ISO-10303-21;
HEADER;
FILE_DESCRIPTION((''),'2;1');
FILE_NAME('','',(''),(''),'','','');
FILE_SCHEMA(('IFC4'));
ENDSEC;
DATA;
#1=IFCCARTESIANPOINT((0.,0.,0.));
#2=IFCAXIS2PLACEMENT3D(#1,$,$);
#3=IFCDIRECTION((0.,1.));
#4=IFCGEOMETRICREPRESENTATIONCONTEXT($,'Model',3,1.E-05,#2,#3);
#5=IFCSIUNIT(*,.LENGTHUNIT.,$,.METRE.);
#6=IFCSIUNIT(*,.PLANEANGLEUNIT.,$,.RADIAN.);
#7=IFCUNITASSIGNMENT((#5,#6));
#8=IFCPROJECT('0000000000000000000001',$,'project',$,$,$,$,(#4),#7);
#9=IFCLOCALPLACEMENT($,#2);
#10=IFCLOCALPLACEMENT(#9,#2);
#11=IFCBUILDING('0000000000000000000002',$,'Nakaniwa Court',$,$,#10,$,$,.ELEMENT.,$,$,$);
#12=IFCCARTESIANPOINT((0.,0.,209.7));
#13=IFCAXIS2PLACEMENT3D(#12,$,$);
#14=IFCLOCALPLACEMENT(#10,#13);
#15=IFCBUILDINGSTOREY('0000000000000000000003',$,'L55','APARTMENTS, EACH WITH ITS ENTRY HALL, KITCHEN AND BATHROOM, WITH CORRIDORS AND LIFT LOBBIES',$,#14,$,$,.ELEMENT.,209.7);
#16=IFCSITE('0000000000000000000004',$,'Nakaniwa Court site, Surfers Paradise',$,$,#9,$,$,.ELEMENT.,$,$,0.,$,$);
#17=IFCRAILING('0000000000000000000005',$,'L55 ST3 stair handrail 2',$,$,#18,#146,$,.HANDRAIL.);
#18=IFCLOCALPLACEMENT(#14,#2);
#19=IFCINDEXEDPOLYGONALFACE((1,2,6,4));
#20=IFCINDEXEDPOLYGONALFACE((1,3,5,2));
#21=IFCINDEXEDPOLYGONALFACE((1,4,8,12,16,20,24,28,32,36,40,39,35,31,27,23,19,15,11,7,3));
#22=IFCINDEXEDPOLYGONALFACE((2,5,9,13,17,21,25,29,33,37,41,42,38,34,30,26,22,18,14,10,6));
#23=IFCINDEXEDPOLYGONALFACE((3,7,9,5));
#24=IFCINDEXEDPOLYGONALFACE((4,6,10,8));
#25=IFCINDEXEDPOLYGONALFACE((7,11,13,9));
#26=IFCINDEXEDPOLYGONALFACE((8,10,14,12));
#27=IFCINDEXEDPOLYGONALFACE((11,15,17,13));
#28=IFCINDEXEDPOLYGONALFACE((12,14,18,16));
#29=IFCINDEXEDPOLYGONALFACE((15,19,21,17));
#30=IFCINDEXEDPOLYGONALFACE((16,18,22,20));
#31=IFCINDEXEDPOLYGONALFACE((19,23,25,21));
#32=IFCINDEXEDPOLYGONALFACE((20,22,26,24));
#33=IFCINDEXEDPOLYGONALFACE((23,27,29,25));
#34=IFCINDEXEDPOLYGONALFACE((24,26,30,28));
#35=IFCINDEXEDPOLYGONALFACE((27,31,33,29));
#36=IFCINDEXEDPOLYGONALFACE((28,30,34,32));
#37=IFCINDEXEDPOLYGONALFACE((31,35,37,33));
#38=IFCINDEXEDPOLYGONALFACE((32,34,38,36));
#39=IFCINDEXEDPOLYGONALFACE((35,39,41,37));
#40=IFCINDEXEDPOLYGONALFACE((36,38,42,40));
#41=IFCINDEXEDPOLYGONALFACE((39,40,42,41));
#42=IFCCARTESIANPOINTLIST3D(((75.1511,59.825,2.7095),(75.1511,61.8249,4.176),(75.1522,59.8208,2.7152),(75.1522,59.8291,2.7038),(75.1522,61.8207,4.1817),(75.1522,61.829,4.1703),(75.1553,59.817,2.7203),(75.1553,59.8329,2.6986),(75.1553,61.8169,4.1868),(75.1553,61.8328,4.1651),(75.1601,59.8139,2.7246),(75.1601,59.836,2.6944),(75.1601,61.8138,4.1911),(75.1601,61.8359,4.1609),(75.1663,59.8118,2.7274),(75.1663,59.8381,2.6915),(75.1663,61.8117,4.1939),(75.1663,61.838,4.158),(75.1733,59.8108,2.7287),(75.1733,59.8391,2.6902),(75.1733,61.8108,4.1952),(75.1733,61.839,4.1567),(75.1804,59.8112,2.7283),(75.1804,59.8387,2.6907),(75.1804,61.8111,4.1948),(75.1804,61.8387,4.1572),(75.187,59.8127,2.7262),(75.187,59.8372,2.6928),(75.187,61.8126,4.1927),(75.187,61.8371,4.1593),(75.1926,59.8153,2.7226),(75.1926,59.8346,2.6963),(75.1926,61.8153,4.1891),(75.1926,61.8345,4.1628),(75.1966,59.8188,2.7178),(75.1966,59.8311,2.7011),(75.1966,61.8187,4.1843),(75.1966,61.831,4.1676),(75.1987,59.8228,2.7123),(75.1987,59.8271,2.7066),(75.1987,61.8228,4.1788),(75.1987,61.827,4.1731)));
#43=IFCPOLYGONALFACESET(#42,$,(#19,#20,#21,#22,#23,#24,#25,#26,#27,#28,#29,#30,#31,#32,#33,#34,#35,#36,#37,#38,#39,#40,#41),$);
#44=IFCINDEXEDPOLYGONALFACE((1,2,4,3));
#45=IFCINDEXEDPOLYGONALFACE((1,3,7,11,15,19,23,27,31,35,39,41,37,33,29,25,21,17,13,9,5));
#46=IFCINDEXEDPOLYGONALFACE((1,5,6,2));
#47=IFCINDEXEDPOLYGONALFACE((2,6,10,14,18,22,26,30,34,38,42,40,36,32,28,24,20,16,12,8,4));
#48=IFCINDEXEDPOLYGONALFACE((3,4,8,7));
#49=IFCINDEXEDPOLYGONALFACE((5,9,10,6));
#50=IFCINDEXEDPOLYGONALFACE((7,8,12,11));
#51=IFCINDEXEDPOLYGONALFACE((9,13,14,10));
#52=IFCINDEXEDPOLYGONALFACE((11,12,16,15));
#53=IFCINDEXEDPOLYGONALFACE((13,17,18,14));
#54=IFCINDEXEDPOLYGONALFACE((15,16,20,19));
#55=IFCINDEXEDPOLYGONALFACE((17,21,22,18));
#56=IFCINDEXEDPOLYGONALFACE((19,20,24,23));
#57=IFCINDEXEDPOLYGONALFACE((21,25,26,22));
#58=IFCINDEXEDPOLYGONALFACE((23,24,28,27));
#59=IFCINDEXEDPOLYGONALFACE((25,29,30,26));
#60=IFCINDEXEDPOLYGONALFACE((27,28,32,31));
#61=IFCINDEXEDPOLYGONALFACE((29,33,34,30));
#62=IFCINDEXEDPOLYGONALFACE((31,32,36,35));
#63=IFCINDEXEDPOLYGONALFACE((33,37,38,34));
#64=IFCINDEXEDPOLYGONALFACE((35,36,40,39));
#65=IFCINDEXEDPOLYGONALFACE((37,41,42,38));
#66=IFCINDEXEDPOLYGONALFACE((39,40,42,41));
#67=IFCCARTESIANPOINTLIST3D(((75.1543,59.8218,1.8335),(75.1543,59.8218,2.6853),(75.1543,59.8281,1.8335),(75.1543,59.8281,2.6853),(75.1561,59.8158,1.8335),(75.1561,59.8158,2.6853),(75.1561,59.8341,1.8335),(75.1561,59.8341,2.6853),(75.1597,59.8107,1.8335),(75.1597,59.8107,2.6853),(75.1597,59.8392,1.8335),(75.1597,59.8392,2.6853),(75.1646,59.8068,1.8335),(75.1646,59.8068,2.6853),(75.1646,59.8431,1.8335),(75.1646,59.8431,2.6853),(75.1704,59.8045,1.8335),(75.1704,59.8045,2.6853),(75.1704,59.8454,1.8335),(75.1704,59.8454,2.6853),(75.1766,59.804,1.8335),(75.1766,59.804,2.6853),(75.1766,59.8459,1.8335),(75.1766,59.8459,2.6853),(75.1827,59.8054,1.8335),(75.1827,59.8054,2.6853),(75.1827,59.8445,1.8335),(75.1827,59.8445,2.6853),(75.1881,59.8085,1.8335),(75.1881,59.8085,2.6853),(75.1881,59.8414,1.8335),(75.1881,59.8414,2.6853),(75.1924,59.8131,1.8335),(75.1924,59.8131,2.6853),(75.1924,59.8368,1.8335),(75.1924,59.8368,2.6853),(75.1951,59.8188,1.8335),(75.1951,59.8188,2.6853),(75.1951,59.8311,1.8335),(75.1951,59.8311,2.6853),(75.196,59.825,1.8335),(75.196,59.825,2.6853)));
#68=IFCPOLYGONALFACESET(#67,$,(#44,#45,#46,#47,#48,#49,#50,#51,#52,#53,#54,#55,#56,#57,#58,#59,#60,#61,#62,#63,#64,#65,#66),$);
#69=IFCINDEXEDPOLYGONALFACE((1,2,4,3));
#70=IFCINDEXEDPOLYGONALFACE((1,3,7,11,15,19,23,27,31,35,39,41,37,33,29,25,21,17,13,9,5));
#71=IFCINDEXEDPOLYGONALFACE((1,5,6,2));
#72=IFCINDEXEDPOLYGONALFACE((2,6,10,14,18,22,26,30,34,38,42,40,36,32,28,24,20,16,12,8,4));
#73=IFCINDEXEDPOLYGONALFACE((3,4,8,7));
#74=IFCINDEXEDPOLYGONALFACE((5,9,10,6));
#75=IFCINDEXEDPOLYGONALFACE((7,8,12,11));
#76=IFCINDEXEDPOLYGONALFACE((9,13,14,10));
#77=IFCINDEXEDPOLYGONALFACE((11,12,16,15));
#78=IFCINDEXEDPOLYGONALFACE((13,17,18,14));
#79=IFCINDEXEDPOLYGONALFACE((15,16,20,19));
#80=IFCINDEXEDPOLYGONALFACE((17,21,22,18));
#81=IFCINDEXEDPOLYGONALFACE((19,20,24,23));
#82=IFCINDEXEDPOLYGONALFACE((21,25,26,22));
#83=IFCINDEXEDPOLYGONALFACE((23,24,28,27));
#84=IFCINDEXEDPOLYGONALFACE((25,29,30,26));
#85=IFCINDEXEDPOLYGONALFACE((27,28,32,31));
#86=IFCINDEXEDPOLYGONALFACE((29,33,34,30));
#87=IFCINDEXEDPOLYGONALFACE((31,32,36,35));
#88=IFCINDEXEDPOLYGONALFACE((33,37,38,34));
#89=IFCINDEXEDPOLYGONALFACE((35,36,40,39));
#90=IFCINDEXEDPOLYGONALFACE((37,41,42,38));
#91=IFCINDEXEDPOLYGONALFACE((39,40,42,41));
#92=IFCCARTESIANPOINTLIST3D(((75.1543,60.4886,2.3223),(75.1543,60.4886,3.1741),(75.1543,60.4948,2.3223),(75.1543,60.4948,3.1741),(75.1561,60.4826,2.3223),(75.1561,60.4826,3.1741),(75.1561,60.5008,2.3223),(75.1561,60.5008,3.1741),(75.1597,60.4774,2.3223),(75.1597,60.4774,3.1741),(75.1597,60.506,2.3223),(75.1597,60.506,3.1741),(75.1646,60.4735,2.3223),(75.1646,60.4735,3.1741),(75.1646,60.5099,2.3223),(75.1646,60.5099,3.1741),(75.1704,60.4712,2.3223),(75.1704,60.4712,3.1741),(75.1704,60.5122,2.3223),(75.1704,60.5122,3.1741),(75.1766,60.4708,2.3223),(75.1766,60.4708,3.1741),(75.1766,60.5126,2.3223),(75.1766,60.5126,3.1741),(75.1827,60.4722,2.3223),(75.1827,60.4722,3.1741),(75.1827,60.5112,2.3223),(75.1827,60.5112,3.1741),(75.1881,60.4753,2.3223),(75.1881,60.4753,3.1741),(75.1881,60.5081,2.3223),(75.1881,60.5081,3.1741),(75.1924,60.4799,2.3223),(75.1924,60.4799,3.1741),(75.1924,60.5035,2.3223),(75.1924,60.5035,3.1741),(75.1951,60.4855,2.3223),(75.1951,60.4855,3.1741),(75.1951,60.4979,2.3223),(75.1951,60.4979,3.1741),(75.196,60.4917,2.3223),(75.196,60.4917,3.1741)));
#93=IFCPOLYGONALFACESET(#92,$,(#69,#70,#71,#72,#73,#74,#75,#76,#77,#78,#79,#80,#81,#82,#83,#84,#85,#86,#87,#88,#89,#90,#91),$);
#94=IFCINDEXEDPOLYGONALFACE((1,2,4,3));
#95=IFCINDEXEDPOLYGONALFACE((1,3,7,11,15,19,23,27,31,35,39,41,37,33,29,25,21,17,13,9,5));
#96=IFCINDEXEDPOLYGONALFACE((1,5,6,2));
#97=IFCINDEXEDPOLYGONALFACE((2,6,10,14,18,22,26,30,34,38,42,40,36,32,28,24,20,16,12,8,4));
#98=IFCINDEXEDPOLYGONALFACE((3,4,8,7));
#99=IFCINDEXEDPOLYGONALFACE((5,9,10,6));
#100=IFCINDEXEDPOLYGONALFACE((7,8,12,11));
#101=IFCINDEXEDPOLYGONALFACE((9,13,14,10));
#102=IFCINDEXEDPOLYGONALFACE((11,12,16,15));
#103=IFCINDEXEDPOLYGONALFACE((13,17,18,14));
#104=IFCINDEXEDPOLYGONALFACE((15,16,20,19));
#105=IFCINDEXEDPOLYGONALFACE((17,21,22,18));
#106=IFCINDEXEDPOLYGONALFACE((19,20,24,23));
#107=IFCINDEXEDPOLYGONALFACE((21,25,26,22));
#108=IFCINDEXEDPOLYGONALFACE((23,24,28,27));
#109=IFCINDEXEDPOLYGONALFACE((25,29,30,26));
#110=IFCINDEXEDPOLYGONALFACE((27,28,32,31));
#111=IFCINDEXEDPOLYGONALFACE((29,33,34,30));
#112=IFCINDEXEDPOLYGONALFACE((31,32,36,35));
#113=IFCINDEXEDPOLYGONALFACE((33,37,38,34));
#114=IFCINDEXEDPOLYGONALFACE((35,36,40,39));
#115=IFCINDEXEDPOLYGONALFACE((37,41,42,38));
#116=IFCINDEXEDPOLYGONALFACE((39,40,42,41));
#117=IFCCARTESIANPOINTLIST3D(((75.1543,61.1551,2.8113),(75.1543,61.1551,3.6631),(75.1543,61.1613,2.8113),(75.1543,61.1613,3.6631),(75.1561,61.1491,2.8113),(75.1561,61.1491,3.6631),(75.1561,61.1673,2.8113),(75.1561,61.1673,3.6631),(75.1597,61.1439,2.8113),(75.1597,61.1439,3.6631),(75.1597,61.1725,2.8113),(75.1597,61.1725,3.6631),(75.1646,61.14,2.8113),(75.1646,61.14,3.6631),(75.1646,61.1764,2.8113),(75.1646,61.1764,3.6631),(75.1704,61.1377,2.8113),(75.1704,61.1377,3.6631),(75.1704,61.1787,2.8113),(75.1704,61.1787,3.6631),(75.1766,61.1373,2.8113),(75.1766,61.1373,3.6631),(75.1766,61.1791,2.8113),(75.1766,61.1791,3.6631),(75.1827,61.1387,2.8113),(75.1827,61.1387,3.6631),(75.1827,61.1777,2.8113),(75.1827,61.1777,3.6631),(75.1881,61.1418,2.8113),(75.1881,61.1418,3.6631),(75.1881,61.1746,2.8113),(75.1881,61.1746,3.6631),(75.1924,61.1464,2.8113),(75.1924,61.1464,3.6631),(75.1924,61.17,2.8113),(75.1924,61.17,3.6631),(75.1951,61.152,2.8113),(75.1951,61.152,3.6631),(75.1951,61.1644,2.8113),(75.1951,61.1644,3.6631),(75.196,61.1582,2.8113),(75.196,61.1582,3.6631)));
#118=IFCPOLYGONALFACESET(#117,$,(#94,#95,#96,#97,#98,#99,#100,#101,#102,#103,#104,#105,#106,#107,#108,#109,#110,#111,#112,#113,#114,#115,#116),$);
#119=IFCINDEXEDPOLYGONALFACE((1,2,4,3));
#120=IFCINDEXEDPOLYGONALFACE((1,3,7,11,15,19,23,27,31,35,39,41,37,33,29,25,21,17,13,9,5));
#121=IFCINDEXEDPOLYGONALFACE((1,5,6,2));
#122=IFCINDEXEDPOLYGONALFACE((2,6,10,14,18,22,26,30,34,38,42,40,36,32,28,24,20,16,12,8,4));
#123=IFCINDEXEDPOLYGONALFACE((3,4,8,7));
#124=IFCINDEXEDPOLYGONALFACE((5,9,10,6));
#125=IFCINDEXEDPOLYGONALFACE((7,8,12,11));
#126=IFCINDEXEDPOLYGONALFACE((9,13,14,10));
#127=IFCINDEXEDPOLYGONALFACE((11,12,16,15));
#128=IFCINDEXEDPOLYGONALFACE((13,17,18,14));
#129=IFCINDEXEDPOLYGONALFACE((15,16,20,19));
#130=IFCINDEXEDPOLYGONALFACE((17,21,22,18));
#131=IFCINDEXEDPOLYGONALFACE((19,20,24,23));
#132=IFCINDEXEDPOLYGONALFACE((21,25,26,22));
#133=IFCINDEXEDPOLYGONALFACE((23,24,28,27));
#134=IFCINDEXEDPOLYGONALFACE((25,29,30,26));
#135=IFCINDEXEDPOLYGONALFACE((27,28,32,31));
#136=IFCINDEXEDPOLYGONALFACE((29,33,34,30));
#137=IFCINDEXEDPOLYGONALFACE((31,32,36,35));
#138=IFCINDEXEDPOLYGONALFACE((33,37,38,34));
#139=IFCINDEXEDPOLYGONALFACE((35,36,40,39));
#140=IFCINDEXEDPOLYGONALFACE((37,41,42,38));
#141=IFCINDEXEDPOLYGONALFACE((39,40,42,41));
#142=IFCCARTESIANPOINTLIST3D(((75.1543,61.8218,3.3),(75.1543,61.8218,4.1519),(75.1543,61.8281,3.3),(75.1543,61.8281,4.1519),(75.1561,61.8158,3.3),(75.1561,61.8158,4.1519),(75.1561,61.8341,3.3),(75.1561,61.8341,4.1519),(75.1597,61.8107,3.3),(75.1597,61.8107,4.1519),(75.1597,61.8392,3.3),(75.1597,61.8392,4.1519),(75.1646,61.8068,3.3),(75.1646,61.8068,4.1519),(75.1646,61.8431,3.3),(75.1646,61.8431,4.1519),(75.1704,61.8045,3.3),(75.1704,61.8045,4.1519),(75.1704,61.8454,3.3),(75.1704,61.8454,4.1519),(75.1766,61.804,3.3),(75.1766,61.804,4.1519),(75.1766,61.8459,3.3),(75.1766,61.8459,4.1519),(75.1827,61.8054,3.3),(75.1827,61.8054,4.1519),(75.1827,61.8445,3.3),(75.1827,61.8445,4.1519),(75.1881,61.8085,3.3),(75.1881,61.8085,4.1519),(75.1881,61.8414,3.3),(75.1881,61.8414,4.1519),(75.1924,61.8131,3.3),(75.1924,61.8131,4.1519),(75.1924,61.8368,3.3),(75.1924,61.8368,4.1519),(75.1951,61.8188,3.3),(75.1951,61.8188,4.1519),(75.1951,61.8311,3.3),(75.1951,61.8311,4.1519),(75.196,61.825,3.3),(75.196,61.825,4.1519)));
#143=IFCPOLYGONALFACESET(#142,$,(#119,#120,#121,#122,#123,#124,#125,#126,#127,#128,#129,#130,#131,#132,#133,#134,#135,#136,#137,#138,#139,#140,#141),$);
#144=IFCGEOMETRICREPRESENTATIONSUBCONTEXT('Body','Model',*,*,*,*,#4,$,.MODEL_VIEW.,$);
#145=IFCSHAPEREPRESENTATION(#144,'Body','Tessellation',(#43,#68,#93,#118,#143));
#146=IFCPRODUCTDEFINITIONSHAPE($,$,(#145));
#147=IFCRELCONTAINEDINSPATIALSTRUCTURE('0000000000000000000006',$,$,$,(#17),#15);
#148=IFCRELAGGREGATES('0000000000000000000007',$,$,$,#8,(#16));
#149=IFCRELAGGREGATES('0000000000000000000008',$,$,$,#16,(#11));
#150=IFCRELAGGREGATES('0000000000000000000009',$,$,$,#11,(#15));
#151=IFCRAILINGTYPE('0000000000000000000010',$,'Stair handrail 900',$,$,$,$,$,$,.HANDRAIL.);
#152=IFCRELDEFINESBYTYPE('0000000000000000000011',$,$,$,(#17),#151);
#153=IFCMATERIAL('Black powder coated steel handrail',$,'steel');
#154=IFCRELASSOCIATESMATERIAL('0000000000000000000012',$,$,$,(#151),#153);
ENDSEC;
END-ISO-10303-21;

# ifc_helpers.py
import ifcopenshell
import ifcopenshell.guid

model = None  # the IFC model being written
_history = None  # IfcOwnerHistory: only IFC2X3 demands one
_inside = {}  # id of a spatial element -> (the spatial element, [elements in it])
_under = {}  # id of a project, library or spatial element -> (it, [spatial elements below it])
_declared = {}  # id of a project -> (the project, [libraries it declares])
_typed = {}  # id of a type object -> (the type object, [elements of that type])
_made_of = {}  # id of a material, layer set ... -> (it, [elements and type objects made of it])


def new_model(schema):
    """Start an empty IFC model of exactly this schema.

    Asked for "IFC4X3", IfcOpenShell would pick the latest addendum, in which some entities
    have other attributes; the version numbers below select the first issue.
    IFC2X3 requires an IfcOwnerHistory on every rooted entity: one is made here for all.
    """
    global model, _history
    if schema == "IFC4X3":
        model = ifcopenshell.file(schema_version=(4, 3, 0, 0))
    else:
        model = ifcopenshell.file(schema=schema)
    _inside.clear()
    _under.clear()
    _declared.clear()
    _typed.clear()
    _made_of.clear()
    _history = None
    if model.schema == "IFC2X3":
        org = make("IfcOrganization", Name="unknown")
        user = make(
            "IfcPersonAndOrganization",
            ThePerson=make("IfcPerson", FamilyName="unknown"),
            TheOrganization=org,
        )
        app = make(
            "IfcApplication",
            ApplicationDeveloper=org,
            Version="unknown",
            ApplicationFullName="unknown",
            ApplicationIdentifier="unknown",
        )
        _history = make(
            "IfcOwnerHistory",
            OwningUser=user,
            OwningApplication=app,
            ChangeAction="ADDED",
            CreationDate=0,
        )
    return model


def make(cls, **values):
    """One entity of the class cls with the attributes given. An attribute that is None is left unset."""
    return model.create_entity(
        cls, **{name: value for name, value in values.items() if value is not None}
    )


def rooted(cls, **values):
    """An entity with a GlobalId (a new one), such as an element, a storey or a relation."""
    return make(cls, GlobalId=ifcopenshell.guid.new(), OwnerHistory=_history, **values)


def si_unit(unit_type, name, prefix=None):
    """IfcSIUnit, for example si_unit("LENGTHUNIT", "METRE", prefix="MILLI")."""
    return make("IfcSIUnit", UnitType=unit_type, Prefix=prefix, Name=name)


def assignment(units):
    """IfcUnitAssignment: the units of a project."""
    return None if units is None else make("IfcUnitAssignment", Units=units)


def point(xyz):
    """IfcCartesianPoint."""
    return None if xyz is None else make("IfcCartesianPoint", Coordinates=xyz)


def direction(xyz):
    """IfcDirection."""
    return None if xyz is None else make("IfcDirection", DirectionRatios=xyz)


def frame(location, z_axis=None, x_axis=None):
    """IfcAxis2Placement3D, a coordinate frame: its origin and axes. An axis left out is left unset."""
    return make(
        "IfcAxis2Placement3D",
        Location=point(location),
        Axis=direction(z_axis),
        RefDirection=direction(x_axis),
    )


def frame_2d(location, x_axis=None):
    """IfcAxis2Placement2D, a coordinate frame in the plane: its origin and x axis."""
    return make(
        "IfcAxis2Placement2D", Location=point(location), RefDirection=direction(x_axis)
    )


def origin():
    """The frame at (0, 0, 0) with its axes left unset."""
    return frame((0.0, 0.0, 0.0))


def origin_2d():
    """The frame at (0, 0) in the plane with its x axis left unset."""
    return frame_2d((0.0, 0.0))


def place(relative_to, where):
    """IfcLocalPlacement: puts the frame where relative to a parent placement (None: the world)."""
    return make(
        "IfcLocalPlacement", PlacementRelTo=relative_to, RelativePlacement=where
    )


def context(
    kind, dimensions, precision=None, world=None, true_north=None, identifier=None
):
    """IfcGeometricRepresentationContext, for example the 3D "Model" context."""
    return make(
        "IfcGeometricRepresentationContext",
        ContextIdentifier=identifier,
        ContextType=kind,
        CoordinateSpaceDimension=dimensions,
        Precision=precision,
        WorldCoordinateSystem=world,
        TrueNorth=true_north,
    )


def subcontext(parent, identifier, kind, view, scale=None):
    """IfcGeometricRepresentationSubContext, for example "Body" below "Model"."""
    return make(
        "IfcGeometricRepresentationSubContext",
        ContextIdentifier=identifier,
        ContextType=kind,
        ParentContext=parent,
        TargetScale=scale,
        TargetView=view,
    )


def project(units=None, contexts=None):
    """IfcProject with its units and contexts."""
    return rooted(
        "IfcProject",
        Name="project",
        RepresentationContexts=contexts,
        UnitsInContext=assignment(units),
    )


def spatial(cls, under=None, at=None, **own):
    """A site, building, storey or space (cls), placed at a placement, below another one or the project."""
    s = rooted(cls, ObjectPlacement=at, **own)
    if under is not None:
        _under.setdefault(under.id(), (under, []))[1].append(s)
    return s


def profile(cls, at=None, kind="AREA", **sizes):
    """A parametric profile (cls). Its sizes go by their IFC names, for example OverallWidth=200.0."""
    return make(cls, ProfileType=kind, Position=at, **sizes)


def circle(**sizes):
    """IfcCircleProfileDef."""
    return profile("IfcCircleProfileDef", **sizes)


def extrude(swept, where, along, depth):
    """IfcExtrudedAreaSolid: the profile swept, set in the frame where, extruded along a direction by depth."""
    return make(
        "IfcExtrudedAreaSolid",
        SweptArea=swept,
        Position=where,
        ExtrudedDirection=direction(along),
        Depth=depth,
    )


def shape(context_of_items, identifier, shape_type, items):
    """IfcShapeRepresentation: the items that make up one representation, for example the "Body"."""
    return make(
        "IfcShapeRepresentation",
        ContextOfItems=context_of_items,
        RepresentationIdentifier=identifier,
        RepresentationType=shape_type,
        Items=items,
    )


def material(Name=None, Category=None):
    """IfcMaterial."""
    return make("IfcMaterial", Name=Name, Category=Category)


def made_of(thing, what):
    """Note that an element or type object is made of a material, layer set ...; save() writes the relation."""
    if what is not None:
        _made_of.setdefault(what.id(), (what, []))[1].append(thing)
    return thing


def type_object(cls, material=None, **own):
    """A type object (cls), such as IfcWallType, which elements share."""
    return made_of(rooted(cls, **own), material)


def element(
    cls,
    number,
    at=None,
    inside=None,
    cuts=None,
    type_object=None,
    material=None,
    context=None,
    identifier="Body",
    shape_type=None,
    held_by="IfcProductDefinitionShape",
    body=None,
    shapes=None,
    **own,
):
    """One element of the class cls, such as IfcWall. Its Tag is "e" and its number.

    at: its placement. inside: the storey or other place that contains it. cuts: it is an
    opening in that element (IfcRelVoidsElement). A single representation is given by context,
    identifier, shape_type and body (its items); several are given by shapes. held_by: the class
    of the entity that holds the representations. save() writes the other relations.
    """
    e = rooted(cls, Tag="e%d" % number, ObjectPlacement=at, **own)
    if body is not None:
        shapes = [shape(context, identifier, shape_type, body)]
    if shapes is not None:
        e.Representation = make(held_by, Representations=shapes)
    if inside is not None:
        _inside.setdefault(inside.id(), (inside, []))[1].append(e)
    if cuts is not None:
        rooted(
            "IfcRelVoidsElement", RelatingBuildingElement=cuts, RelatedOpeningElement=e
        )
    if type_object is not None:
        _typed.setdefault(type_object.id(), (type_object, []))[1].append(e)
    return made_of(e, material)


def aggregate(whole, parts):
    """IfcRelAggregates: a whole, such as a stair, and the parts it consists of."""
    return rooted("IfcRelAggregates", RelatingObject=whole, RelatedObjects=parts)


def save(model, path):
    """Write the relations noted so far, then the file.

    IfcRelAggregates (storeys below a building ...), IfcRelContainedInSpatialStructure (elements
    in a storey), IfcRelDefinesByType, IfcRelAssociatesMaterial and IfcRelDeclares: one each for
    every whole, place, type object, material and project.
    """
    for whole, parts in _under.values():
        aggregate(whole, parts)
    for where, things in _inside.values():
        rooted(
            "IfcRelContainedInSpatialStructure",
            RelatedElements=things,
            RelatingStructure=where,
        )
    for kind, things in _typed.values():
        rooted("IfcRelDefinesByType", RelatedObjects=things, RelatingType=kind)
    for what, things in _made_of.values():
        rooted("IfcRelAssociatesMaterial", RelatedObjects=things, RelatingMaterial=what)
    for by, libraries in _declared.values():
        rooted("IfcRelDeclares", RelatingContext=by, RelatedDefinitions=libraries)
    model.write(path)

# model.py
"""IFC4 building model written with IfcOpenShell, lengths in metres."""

from ifc_helpers import new_model, si_unit, direction, frame, origin, origin_2d, place, context, subcontext, project, spatial, circle, extrude, material, type_object, element, save


model = new_model("IFC4")

# Units and contexts
model_context = context("Model", 3, precision=1e-05, world=origin(), true_north=direction((0.0, 1.0)))
body_context = subcontext(model_context, "Body", "Model", "MODEL_VIEW")
ifc_project = project(units=[si_unit("LENGTHUNIT", "METRE"), si_unit("PLANEANGLEUNIT", "RADIAN")], contexts=[model_context])

# Site, building, storey
site_placement = place(None, origin())
site = spatial("IfcSite", under=ifc_project, at=site_placement, Name="Nakaniwa Court site, Surfers Paradise", CompositionType="ELEMENT", RefElevation=0.0)
building_placement = place(site_placement, origin())
building = spatial("IfcBuilding", under=site, at=building_placement, Name="Nakaniwa Court", CompositionType="ELEMENT")
storey_placement = place(building_placement, frame((0.0, 0.0, 209.7)))
storey = spatial("IfcBuildingStorey", under=building, at=storey_placement, Name="L55", Description="APARTMENTS, EACH WITH ITS ENTRY HALL, KITCHEN AND BATHROOM, WITH CORRIDORS AND LIFT LOBBIES", CompositionType="ELEMENT", Elevation=209.7)

# Railing
ifc_material_1 = material(Name="Black powder coated steel handrail", Category="steel")
railing_type_1 = type_object("IfcRailingType", Name="Stair handrail 900", PredefinedType="HANDRAIL", material=ifc_material_1)
railing_1_placement = place(storey_placement, frame((75.175, 59.825, 1.8335)))
element("IfcRailing", 1, at=railing_1_placement, inside=storey, type_object=railing_type_1, Name="L55 ST3 stair handrail 2", PredefinedType="HANDRAIL", context=body_context, shape_type="SweptSolid", body=[
    extrude(circle(Radius=0.0239, at=origin_2d()), frame((0.0, 0.0, 0.876), z_axis=(0.0, 0.806427, 0.591334), x_axis=(-1.0, 0.0, 0.0)), (0.0, 0.0, 1.0), 2.48),
    extrude(circle(Radius=0.021, at=origin_2d()), origin(), (0.0, 0.0, 1.0), 0.8518),
    extrude(circle(Radius=0.021, at=origin_2d()), frame((0.0, 0.6667, 0.4888)), (0.0, 0.0, 1.0), 0.8518),
    extrude(circle(Radius=0.021, at=origin_2d()), frame((0.0, 1.3333, 0.9778)), (0.0, 0.0, 1.0), 0.8518),
    extrude(circle(Radius=0.021, at=origin_2d()), frame((0.0, 2.0, 1.4666)), (0.0, 0.0, 1.0), 0.8518),
])

save(model, "model.ifc")
